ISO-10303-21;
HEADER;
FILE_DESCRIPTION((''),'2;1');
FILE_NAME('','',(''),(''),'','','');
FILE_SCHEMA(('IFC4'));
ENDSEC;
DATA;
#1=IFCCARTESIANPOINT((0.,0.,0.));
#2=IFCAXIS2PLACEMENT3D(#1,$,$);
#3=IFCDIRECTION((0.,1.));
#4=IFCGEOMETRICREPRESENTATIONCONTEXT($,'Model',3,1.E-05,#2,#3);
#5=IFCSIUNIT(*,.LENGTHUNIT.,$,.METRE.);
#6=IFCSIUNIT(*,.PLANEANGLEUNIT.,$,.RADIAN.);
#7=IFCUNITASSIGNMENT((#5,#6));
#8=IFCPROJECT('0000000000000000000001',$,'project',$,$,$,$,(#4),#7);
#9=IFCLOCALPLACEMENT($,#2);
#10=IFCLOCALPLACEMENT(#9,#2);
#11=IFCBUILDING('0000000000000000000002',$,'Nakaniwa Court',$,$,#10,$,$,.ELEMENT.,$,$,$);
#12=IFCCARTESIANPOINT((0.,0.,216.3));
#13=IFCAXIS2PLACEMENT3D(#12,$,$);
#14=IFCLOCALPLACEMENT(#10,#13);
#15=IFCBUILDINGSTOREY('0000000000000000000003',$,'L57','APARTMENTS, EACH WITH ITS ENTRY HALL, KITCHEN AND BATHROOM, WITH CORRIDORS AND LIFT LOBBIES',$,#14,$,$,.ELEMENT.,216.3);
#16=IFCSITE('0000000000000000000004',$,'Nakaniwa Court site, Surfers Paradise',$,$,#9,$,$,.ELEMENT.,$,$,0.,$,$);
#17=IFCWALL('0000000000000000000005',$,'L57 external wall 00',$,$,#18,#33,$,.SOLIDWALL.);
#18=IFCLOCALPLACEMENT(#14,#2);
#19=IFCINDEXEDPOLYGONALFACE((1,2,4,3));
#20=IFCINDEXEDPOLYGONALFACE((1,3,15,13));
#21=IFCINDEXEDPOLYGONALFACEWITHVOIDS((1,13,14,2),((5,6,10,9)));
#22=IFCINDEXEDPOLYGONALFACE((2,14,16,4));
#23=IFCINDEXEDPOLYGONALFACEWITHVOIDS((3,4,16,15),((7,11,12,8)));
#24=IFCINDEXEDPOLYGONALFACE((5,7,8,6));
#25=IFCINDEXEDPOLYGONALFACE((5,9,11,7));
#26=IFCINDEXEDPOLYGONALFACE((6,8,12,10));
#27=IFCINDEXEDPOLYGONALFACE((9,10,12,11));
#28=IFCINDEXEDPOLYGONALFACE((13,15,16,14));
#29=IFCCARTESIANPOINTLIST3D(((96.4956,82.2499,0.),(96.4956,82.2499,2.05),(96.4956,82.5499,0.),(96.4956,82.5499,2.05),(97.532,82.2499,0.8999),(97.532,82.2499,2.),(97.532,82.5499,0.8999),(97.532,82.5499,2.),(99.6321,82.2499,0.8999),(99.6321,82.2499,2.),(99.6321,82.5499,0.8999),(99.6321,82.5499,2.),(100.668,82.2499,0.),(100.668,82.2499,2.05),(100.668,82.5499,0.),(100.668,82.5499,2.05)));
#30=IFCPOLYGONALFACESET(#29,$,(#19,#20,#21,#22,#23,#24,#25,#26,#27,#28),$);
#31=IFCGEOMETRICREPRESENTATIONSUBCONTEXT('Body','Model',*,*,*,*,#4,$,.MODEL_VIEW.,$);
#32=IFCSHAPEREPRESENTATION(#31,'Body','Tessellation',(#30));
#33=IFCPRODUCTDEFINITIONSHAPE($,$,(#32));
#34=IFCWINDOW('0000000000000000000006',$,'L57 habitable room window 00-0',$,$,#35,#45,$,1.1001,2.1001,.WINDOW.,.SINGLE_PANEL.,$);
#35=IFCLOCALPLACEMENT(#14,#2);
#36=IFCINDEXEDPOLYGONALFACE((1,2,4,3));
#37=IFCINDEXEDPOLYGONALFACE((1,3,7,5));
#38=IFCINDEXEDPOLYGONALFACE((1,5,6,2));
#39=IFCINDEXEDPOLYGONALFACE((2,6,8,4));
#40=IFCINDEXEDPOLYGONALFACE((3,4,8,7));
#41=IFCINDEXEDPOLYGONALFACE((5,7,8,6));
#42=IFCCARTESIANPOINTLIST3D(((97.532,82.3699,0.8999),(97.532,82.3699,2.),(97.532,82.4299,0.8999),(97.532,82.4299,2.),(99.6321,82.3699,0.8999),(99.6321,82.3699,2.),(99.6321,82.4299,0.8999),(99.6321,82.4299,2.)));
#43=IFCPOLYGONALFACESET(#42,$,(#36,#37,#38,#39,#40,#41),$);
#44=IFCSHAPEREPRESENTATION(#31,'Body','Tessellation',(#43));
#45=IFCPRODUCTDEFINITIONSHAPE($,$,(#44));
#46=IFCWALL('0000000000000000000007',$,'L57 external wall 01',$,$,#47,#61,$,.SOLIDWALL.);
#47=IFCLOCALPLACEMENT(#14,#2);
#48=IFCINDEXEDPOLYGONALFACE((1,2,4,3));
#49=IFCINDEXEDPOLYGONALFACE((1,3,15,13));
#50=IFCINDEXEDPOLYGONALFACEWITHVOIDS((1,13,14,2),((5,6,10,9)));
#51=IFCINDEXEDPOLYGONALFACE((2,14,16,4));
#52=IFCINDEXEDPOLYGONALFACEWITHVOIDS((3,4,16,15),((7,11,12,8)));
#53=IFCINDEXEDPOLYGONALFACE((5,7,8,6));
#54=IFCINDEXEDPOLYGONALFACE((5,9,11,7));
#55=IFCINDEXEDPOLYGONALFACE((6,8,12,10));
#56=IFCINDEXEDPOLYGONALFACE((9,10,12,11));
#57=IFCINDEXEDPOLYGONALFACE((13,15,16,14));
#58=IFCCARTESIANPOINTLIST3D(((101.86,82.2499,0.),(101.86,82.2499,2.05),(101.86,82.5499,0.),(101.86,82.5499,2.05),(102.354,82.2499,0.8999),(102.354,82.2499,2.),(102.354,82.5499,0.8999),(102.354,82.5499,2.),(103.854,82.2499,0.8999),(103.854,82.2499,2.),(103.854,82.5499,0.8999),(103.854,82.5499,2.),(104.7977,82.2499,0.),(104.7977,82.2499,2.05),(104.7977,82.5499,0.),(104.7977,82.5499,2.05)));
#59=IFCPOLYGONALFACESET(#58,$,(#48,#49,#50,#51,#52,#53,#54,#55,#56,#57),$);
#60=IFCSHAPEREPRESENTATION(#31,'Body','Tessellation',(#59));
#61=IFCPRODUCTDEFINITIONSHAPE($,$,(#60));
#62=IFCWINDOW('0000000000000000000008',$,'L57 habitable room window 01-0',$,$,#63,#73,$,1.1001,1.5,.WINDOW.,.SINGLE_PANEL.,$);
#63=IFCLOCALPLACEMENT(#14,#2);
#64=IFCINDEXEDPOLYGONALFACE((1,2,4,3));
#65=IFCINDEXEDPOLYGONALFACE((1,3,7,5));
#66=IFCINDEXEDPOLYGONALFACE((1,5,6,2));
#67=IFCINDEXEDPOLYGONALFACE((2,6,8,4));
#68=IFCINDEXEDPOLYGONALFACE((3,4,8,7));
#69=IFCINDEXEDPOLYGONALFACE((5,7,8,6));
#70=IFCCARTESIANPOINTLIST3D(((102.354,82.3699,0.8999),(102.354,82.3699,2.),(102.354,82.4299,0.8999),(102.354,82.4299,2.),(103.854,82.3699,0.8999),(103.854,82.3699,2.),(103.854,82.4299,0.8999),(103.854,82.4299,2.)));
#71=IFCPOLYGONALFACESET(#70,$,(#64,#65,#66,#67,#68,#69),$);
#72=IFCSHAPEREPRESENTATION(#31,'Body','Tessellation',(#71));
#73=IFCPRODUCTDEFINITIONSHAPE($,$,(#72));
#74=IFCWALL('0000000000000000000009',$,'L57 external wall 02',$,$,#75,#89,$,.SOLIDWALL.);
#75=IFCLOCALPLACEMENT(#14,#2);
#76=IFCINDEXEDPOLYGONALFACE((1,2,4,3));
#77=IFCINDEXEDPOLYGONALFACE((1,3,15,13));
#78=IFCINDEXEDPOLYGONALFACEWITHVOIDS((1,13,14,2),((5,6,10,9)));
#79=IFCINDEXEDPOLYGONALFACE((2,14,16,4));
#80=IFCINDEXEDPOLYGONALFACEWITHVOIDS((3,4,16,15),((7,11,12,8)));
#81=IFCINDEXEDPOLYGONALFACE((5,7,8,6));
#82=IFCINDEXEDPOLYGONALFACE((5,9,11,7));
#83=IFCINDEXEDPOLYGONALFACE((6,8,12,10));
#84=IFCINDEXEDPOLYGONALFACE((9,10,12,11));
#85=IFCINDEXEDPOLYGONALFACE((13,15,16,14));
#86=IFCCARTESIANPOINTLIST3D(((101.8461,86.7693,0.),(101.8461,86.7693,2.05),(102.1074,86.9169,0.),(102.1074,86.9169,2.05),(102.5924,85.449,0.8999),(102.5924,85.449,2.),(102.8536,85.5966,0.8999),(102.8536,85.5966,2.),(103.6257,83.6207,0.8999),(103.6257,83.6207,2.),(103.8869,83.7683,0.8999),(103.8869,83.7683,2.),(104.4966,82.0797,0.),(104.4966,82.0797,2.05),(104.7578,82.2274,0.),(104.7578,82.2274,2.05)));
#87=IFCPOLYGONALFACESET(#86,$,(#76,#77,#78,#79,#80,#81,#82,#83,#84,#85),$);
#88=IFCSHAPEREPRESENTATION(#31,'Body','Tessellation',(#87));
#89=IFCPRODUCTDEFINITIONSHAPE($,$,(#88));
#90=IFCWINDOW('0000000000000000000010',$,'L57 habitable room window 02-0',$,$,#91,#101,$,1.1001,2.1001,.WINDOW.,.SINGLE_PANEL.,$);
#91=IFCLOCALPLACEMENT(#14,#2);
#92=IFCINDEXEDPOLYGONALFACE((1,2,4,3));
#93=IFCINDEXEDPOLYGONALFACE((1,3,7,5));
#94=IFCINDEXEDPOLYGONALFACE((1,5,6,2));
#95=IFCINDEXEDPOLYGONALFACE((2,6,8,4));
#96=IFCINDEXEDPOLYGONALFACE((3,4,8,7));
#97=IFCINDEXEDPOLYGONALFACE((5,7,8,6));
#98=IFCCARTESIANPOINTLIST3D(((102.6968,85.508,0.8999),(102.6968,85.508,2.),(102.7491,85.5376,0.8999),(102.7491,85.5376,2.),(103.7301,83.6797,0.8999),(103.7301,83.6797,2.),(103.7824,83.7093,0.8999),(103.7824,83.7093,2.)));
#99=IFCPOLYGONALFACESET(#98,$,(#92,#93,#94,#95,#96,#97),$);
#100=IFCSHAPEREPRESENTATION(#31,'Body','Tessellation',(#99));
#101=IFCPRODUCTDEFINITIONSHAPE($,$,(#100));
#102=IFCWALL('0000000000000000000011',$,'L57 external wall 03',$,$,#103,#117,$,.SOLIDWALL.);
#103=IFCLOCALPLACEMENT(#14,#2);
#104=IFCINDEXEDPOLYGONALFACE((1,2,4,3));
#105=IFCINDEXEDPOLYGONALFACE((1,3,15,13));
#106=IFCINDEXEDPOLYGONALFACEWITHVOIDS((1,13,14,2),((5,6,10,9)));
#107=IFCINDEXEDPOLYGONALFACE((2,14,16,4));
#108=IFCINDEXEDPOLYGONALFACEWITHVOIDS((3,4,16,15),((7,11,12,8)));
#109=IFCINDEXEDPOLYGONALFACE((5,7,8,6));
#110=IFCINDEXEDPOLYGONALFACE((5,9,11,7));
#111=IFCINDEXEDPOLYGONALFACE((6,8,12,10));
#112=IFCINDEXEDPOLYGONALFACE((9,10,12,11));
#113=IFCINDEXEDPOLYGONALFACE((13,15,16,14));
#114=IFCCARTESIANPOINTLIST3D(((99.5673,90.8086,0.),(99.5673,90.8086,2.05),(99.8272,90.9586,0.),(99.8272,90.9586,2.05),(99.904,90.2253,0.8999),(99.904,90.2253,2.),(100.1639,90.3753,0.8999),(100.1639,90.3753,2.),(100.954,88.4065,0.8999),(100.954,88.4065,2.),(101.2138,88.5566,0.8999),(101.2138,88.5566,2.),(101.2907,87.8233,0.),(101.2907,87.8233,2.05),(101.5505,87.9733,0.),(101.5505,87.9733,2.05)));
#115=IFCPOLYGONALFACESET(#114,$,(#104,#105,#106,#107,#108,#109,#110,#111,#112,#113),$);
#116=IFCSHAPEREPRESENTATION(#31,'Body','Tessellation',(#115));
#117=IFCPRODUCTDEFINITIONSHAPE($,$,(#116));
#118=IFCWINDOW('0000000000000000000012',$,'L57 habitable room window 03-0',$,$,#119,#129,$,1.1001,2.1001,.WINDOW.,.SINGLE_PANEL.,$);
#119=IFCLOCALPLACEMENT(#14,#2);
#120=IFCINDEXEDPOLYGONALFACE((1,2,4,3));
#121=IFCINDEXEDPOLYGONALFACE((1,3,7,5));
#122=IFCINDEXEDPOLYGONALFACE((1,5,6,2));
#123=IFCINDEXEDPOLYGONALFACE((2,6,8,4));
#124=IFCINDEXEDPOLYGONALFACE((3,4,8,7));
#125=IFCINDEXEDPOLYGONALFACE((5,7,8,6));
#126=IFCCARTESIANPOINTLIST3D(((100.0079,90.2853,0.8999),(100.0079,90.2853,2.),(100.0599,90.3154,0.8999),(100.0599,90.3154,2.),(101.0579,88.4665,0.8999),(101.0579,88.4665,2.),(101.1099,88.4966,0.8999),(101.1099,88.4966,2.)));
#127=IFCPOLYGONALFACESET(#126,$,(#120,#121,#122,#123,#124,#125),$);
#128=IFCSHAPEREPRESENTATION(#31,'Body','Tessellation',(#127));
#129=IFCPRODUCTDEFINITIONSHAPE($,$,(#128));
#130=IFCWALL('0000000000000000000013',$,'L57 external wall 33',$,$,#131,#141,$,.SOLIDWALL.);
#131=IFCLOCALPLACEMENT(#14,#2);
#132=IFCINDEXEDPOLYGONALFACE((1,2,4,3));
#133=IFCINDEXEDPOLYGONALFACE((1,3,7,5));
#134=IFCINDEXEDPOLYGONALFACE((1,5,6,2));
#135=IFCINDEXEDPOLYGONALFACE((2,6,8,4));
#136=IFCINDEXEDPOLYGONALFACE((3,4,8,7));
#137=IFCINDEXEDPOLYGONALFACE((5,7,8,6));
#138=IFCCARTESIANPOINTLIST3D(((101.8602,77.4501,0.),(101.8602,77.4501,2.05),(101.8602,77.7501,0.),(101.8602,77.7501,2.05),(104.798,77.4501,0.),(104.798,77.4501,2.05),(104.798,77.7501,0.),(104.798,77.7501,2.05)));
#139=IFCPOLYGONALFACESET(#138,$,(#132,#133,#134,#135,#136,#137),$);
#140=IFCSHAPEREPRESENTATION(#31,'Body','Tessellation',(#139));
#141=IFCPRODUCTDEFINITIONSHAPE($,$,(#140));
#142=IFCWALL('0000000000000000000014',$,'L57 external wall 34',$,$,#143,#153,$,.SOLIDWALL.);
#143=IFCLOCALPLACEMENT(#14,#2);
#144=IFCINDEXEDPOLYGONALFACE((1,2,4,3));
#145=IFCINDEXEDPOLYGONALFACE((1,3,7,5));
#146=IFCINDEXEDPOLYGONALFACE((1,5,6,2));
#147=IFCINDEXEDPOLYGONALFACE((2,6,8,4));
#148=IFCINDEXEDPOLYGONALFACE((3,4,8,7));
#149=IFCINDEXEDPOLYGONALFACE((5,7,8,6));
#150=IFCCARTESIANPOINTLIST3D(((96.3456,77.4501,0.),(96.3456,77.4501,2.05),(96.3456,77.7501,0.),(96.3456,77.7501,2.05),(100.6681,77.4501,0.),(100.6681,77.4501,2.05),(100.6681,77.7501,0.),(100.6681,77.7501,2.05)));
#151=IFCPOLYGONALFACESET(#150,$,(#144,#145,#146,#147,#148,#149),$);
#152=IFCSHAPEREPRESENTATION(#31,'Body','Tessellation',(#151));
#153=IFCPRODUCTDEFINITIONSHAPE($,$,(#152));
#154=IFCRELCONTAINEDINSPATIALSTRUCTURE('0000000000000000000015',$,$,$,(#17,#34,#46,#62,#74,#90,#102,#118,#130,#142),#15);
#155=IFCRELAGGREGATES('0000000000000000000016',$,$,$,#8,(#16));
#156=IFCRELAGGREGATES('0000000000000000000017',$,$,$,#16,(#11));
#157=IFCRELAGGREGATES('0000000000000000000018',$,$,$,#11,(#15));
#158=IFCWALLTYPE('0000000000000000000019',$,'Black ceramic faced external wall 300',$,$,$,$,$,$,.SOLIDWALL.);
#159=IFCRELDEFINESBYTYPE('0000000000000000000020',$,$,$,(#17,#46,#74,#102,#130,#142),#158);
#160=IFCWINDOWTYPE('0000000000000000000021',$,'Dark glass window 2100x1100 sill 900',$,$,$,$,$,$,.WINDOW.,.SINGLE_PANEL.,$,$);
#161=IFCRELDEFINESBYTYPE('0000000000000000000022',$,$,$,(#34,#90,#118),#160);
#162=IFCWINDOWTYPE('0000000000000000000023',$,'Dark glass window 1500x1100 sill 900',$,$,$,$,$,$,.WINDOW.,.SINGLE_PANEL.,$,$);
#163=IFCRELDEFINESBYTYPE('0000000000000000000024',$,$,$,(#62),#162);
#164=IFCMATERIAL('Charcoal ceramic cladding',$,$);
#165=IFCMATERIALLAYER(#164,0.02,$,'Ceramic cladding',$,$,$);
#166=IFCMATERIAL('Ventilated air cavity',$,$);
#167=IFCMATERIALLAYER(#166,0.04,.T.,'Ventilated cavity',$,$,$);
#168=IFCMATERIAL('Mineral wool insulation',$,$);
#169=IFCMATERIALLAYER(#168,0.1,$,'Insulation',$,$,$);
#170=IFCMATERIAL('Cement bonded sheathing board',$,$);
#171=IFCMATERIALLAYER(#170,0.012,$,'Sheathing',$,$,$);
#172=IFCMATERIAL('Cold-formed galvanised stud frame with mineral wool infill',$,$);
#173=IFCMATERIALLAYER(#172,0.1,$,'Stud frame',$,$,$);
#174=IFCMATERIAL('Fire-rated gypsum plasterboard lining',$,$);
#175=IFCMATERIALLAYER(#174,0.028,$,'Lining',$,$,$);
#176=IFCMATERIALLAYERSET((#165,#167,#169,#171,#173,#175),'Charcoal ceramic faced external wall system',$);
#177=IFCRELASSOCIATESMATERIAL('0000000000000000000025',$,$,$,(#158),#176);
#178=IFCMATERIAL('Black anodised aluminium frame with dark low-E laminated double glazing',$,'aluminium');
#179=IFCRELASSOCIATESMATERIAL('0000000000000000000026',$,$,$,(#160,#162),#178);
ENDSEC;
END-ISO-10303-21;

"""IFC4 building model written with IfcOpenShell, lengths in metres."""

from ifc_helpers import new_model, si_unit, direction, frame, frame_2d, origin, place, context, subcontext, project, spatial, rectangle, extrude, material, layer, layer_set, type_object, element, fill, save


model = new_model("IFC4")

# Units and contexts
model_context = context("Model", 3, precision=1e-05, world=origin(), true_north=direction((0.0, 1.0)))
body_context = subcontext(model_context, "Body", "Model", "MODEL_VIEW")
ifc_project = project(units=[si_unit("LENGTHUNIT", "METRE"), si_unit("PLANEANGLEUNIT", "RADIAN")], contexts=[model_context])

# Site, building, storey
site_placement = place(None, origin())
site = spatial("IfcSite", under=ifc_project, at=site_placement, Name="Nakaniwa Court site, Surfers Paradise", CompositionType="ELEMENT", RefElevation=0.0)
building_placement = place(site_placement, origin())
building = spatial("IfcBuilding", under=site, at=building_placement, Name="Nakaniwa Court", CompositionType="ELEMENT")
storey_placement = place(building_placement, frame((0.0, 0.0, 216.3)))
storey = spatial("IfcBuildingStorey", under=building, at=storey_placement, Name="L57", Description="APARTMENTS, EACH WITH ITS ENTRY HALL, KITCHEN AND BATHROOM, WITH CORRIDORS AND LIFT LOBBIES", CompositionType="ELEMENT", Elevation=216.3)

# Walls, openings, windows
ifc_material_1 = material(Name="Charcoal ceramic cladding")
ifc_layer_1 = layer(ifc_material_1, 0.02, Name="Ceramic cladding")
ifc_material_2 = material(Name="Ventilated air cavity")
ifc_layer_2 = layer(ifc_material_2, 0.04, ventilated=True, Name="Ventilated cavity")
ifc_material_3 = material(Name="Mineral wool insulation")
ifc_layer_3 = layer(ifc_material_3, 0.1, Name="Insulation")
ifc_material_4 = material(Name="Cement bonded sheathing board")
ifc_layer_4 = layer(ifc_material_4, 0.012, Name="Sheathing")
ifc_material_5 = material(Name="Cold-formed galvanised stud frame with mineral wool infill")
ifc_layer_5 = layer(ifc_material_5, 0.1, Name="Stud frame")
ifc_material_6 = material(Name="Fire-rated gypsum plasterboard lining")
ifc_layer_6 = layer(ifc_material_6, 0.028, Name="Lining")
ifc_layer_set_1 = layer_set([ifc_layer_1, ifc_layer_2, ifc_layer_3, ifc_layer_4, ifc_layer_5, ifc_layer_6], Name="Charcoal ceramic faced external wall system")
wall_type_1 = type_object("IfcWallType", Name="Black ceramic faced external wall 300", PredefinedType="SOLIDWALL", material=ifc_layer_set_1)
wall_1_placement = place(storey_placement, frame((96.4956, 82.3999, 0.0), z_axis=(0.0, 0.0, 1.0), x_axis=(1.0, 0.0, 0.0)))
wall_1 = element("IfcWall", 1, at=wall_1_placement, inside=storey, type_object=wall_type_1, Name="L57 external wall 00", PredefinedType="SOLIDWALL", context=body_context, shape_type="SweptSolid", body=[
    extrude(rectangle(XDim=4.1724, YDim=0.3, at=frame_2d((2.0862, 0.0))), origin(), (0.0, 0.0, 1.0), 2.05),
])
opening_1_placement = place(wall_1_placement, frame((1.0364, 0.0, 0.8999)))
opening_1 = element("IfcOpeningElement", 2, at=opening_1_placement, cuts=wall_1, PredefinedType="OPENING", context=body_context, shape_type="SweptSolid", body=[
    extrude(rectangle(XDim=2.1001, YDim=1.1001, at=frame_2d((1.05, 0.55))), frame((0.0, 0.1599, 0.0), z_axis=(0.0, -1.0, 0.0), x_axis=(1.0, 0.0, 0.0)), (0.0, 0.0, 1.0), 0.3201),
])
ifc_material_7 = material(Name="Black anodised aluminium frame with dark low-E laminated double glazing", Category="aluminium")
window_type_1 = type_object("IfcWindowType", Name="Dark glass window 2100x1100 sill 900", PartitioningType="SINGLE_PANEL", PredefinedType="WINDOW", material=ifc_material_7)
window_1_placement = place(opening_1_placement, origin())
window_1 = element("IfcWindow", 3, at=window_1_placement, inside=storey, type_object=window_type_1, Name="L57 habitable room window 00-0", OverallHeight=1.1001, OverallWidth=2.1001, PartitioningType="SINGLE_PANEL", PredefinedType="WINDOW", context=body_context, shape_type="SweptSolid", body=[
    extrude(rectangle(XDim=2.1001, YDim=1.1001, at=frame_2d((1.05, 0.55))), frame((0.0, 0.03, 0.0), z_axis=(0.0, -1.0, 0.0), x_axis=(1.0, 0.0, 0.0)), (0.0, 0.0, 1.0), 0.0601),
])
fill(opening_1, window_1)
wall_2_placement = place(storey_placement, frame((101.8601, 82.3999, 0.0), z_axis=(0.0, 0.0, 1.0), x_axis=(1.0, 0.0, 0.0)))
wall_2 = element("IfcWall", 4, at=wall_2_placement, inside=storey, type_object=wall_type_1, Name="L57 external wall 01", PredefinedType="SOLIDWALL", context=body_context, shape_type="SweptSolid", body=[
    extrude(rectangle(XDim=2.9377, YDim=0.3, at=frame_2d((1.4688, 0.0))), origin(), (0.0, 0.0, 1.0), 2.05),
])
opening_2_placement = place(wall_2_placement, frame((0.4939, 0.0, 0.8999)))
opening_2 = element("IfcOpeningElement", 5, at=opening_2_placement, cuts=wall_2, PredefinedType="OPENING", context=body_context, shape_type="SweptSolid", body=[
    extrude(rectangle(XDim=1.5, YDim=1.1001, at=frame_2d((0.75, 0.55))), frame((0.0, 0.1599, 0.0), z_axis=(0.0, -1.0, 0.0), x_axis=(1.0, 0.0, 0.0)), (0.0, 0.0, 1.0), 0.3201),
])
window_type_2 = type_object("IfcWindowType", Name="Dark glass window 1500x1100 sill 900", PartitioningType="SINGLE_PANEL", PredefinedType="WINDOW", material=ifc_material_7)
window_2_placement = place(opening_2_placement, origin())
window_2 = element("IfcWindow", 6, at=window_2_placement, inside=storey, type_object=window_type_2, Name="L57 habitable room window 01-0", OverallHeight=1.1001, OverallWidth=1.5, PartitioningType="SINGLE_PANEL", PredefinedType="WINDOW", context=body_context, shape_type="SweptSolid", body=[
    extrude(rectangle(XDim=1.5, YDim=1.1001, at=frame_2d((0.75, 0.55))), frame((0.0, 0.03, 0.0), z_axis=(0.0, -1.0, 0.0), x_axis=(1.0, 0.0, 0.0)), (0.0, 0.0, 1.0), 0.0601),
])
fill(opening_2, window_2)
wall_3_placement = place(storey_placement, frame((104.6272, 82.1536, 0.0), z_axis=(0.0, 0.0, 1.0), x_axis=(-0.492033, 0.870576, 0.0)))
wall_3 = element("IfcWall", 7, at=wall_3_placement, inside=storey, type_object=wall_type_1, Name="L57 external wall 02", PredefinedType="SOLIDWALL", context=body_context, shape_type="SweptSolid", body=[
    extrude(rectangle(XDim=5.3867, YDim=0.3, at=frame_2d((2.6934, 0.0))), origin(), (0.0, 0.0, 1.0), 2.05),
])
opening_3_placement = place(wall_3_placement, frame((1.77, 0.0, 0.8999)))
opening_3 = element("IfcOpeningElement", 8, at=opening_3_placement, cuts=wall_3, PredefinedType="OPENING", context=body_context, shape_type="SweptSolid", body=[
    extrude(rectangle(XDim=2.1001, YDim=1.1001, at=frame_2d((1.05, 0.55))), frame((0.0, 0.1599, 0.0), z_axis=(0.0, -1.0, 0.0), x_axis=(1.0, 0.0, 0.0)), (0.0, 0.0, 1.0), 0.3201),
])
window_3_placement = place(opening_3_placement, origin())
window_3 = element("IfcWindow", 9, at=window_3_placement, inside=storey, type_object=window_type_1, Name="L57 habitable room window 02-0", OverallHeight=1.1001, OverallWidth=2.1001, PartitioningType="SINGLE_PANEL", PredefinedType="WINDOW", context=body_context, shape_type="SweptSolid", body=[
    extrude(rectangle(XDim=2.1001, YDim=1.1001, at=frame_2d((1.05, 0.55))), frame((0.0, 0.03, 0.0), z_axis=(0.0, -1.0, 0.0), x_axis=(1.0, 0.0, 0.0)), (0.0, 0.0, 1.0), 0.0601),
])
fill(opening_3, window_3)
wall_4_placement = place(storey_placement, frame((101.4207, 87.8982, 0.0), z_axis=(0.0, 0.0, 1.0), x_axis=(-0.499955, 0.866051, 0.0)))
wall_4 = element("IfcWall", 10, at=wall_4_placement, inside=storey, type_object=wall_type_1, Name="L57 external wall 03", PredefinedType="SOLIDWALL", context=body_context, shape_type="SweptSolid", body=[
    extrude(rectangle(XDim=3.447, YDim=0.3, at=frame_2d((1.7236, 0.0))), origin(), (0.0, 0.0, 1.0), 2.05),
])
opening_4_placement = place(wall_4_placement, frame((0.6736, 0.0, 0.8999)))
opening_4 = element("IfcOpeningElement", 11, at=opening_4_placement, cuts=wall_4, PredefinedType="OPENING", context=body_context, shape_type="SweptSolid", body=[
    extrude(rectangle(XDim=2.1001, YDim=1.1001, at=frame_2d((1.05, 0.55))), frame((0.0, 0.1599, 0.0), z_axis=(0.0, -1.0, 0.0), x_axis=(1.0, 0.0, 0.0)), (0.0, 0.0, 1.0), 0.3201),
])
window_4_placement = place(opening_4_placement, origin())
window_4 = element("IfcWindow", 12, at=window_4_placement, inside=storey, type_object=window_type_1, Name="L57 habitable room window 03-0", OverallHeight=1.1001, OverallWidth=2.1001, PartitioningType="SINGLE_PANEL", PredefinedType="WINDOW", context=body_context, shape_type="SweptSolid", body=[
    extrude(rectangle(XDim=2.1001, YDim=1.1001, at=frame_2d((1.05, 0.55))), frame((0.0, 0.03, 0.0), z_axis=(0.0, -1.0, 0.0), x_axis=(1.0, 0.0, 0.0)), (0.0, 0.0, 1.0), 0.0601),
])
fill(opening_4, window_4)

# Walls
wall_5_placement = place(storey_placement, frame((104.7979, 77.6001, 0.0), z_axis=(0.0, 0.0, 1.0), x_axis=(-1.0, 0.0, 0.0)))
element("IfcWall", 13, at=wall_5_placement, inside=storey, type_object=wall_type_1, Name="L57 external wall 33", PredefinedType="SOLIDWALL", context=body_context, shape_type="SweptSolid", body=[
    extrude(rectangle(XDim=2.9377, YDim=0.3, at=frame_2d((1.4688, 0.0))), origin(), (0.0, 0.0, 1.0), 2.05),
])
wall_6_placement = place(storey_placement, frame((100.668, 77.6001, 0.0), z_axis=(0.0, 0.0, 1.0), x_axis=(-1.0, 0.0, 0.0)))
element("IfcWall", 14, at=wall_6_placement, inside=storey, type_object=wall_type_1, Name="L57 external wall 34", PredefinedType="SOLIDWALL", context=body_context, shape_type="SweptSolid", body=[
    extrude(rectangle(XDim=4.3225, YDim=0.3, at=frame_2d((2.1611, 0.0))), origin(), (0.0, 0.0, 1.0), 2.05),
])

save(model, "model.ifc")
